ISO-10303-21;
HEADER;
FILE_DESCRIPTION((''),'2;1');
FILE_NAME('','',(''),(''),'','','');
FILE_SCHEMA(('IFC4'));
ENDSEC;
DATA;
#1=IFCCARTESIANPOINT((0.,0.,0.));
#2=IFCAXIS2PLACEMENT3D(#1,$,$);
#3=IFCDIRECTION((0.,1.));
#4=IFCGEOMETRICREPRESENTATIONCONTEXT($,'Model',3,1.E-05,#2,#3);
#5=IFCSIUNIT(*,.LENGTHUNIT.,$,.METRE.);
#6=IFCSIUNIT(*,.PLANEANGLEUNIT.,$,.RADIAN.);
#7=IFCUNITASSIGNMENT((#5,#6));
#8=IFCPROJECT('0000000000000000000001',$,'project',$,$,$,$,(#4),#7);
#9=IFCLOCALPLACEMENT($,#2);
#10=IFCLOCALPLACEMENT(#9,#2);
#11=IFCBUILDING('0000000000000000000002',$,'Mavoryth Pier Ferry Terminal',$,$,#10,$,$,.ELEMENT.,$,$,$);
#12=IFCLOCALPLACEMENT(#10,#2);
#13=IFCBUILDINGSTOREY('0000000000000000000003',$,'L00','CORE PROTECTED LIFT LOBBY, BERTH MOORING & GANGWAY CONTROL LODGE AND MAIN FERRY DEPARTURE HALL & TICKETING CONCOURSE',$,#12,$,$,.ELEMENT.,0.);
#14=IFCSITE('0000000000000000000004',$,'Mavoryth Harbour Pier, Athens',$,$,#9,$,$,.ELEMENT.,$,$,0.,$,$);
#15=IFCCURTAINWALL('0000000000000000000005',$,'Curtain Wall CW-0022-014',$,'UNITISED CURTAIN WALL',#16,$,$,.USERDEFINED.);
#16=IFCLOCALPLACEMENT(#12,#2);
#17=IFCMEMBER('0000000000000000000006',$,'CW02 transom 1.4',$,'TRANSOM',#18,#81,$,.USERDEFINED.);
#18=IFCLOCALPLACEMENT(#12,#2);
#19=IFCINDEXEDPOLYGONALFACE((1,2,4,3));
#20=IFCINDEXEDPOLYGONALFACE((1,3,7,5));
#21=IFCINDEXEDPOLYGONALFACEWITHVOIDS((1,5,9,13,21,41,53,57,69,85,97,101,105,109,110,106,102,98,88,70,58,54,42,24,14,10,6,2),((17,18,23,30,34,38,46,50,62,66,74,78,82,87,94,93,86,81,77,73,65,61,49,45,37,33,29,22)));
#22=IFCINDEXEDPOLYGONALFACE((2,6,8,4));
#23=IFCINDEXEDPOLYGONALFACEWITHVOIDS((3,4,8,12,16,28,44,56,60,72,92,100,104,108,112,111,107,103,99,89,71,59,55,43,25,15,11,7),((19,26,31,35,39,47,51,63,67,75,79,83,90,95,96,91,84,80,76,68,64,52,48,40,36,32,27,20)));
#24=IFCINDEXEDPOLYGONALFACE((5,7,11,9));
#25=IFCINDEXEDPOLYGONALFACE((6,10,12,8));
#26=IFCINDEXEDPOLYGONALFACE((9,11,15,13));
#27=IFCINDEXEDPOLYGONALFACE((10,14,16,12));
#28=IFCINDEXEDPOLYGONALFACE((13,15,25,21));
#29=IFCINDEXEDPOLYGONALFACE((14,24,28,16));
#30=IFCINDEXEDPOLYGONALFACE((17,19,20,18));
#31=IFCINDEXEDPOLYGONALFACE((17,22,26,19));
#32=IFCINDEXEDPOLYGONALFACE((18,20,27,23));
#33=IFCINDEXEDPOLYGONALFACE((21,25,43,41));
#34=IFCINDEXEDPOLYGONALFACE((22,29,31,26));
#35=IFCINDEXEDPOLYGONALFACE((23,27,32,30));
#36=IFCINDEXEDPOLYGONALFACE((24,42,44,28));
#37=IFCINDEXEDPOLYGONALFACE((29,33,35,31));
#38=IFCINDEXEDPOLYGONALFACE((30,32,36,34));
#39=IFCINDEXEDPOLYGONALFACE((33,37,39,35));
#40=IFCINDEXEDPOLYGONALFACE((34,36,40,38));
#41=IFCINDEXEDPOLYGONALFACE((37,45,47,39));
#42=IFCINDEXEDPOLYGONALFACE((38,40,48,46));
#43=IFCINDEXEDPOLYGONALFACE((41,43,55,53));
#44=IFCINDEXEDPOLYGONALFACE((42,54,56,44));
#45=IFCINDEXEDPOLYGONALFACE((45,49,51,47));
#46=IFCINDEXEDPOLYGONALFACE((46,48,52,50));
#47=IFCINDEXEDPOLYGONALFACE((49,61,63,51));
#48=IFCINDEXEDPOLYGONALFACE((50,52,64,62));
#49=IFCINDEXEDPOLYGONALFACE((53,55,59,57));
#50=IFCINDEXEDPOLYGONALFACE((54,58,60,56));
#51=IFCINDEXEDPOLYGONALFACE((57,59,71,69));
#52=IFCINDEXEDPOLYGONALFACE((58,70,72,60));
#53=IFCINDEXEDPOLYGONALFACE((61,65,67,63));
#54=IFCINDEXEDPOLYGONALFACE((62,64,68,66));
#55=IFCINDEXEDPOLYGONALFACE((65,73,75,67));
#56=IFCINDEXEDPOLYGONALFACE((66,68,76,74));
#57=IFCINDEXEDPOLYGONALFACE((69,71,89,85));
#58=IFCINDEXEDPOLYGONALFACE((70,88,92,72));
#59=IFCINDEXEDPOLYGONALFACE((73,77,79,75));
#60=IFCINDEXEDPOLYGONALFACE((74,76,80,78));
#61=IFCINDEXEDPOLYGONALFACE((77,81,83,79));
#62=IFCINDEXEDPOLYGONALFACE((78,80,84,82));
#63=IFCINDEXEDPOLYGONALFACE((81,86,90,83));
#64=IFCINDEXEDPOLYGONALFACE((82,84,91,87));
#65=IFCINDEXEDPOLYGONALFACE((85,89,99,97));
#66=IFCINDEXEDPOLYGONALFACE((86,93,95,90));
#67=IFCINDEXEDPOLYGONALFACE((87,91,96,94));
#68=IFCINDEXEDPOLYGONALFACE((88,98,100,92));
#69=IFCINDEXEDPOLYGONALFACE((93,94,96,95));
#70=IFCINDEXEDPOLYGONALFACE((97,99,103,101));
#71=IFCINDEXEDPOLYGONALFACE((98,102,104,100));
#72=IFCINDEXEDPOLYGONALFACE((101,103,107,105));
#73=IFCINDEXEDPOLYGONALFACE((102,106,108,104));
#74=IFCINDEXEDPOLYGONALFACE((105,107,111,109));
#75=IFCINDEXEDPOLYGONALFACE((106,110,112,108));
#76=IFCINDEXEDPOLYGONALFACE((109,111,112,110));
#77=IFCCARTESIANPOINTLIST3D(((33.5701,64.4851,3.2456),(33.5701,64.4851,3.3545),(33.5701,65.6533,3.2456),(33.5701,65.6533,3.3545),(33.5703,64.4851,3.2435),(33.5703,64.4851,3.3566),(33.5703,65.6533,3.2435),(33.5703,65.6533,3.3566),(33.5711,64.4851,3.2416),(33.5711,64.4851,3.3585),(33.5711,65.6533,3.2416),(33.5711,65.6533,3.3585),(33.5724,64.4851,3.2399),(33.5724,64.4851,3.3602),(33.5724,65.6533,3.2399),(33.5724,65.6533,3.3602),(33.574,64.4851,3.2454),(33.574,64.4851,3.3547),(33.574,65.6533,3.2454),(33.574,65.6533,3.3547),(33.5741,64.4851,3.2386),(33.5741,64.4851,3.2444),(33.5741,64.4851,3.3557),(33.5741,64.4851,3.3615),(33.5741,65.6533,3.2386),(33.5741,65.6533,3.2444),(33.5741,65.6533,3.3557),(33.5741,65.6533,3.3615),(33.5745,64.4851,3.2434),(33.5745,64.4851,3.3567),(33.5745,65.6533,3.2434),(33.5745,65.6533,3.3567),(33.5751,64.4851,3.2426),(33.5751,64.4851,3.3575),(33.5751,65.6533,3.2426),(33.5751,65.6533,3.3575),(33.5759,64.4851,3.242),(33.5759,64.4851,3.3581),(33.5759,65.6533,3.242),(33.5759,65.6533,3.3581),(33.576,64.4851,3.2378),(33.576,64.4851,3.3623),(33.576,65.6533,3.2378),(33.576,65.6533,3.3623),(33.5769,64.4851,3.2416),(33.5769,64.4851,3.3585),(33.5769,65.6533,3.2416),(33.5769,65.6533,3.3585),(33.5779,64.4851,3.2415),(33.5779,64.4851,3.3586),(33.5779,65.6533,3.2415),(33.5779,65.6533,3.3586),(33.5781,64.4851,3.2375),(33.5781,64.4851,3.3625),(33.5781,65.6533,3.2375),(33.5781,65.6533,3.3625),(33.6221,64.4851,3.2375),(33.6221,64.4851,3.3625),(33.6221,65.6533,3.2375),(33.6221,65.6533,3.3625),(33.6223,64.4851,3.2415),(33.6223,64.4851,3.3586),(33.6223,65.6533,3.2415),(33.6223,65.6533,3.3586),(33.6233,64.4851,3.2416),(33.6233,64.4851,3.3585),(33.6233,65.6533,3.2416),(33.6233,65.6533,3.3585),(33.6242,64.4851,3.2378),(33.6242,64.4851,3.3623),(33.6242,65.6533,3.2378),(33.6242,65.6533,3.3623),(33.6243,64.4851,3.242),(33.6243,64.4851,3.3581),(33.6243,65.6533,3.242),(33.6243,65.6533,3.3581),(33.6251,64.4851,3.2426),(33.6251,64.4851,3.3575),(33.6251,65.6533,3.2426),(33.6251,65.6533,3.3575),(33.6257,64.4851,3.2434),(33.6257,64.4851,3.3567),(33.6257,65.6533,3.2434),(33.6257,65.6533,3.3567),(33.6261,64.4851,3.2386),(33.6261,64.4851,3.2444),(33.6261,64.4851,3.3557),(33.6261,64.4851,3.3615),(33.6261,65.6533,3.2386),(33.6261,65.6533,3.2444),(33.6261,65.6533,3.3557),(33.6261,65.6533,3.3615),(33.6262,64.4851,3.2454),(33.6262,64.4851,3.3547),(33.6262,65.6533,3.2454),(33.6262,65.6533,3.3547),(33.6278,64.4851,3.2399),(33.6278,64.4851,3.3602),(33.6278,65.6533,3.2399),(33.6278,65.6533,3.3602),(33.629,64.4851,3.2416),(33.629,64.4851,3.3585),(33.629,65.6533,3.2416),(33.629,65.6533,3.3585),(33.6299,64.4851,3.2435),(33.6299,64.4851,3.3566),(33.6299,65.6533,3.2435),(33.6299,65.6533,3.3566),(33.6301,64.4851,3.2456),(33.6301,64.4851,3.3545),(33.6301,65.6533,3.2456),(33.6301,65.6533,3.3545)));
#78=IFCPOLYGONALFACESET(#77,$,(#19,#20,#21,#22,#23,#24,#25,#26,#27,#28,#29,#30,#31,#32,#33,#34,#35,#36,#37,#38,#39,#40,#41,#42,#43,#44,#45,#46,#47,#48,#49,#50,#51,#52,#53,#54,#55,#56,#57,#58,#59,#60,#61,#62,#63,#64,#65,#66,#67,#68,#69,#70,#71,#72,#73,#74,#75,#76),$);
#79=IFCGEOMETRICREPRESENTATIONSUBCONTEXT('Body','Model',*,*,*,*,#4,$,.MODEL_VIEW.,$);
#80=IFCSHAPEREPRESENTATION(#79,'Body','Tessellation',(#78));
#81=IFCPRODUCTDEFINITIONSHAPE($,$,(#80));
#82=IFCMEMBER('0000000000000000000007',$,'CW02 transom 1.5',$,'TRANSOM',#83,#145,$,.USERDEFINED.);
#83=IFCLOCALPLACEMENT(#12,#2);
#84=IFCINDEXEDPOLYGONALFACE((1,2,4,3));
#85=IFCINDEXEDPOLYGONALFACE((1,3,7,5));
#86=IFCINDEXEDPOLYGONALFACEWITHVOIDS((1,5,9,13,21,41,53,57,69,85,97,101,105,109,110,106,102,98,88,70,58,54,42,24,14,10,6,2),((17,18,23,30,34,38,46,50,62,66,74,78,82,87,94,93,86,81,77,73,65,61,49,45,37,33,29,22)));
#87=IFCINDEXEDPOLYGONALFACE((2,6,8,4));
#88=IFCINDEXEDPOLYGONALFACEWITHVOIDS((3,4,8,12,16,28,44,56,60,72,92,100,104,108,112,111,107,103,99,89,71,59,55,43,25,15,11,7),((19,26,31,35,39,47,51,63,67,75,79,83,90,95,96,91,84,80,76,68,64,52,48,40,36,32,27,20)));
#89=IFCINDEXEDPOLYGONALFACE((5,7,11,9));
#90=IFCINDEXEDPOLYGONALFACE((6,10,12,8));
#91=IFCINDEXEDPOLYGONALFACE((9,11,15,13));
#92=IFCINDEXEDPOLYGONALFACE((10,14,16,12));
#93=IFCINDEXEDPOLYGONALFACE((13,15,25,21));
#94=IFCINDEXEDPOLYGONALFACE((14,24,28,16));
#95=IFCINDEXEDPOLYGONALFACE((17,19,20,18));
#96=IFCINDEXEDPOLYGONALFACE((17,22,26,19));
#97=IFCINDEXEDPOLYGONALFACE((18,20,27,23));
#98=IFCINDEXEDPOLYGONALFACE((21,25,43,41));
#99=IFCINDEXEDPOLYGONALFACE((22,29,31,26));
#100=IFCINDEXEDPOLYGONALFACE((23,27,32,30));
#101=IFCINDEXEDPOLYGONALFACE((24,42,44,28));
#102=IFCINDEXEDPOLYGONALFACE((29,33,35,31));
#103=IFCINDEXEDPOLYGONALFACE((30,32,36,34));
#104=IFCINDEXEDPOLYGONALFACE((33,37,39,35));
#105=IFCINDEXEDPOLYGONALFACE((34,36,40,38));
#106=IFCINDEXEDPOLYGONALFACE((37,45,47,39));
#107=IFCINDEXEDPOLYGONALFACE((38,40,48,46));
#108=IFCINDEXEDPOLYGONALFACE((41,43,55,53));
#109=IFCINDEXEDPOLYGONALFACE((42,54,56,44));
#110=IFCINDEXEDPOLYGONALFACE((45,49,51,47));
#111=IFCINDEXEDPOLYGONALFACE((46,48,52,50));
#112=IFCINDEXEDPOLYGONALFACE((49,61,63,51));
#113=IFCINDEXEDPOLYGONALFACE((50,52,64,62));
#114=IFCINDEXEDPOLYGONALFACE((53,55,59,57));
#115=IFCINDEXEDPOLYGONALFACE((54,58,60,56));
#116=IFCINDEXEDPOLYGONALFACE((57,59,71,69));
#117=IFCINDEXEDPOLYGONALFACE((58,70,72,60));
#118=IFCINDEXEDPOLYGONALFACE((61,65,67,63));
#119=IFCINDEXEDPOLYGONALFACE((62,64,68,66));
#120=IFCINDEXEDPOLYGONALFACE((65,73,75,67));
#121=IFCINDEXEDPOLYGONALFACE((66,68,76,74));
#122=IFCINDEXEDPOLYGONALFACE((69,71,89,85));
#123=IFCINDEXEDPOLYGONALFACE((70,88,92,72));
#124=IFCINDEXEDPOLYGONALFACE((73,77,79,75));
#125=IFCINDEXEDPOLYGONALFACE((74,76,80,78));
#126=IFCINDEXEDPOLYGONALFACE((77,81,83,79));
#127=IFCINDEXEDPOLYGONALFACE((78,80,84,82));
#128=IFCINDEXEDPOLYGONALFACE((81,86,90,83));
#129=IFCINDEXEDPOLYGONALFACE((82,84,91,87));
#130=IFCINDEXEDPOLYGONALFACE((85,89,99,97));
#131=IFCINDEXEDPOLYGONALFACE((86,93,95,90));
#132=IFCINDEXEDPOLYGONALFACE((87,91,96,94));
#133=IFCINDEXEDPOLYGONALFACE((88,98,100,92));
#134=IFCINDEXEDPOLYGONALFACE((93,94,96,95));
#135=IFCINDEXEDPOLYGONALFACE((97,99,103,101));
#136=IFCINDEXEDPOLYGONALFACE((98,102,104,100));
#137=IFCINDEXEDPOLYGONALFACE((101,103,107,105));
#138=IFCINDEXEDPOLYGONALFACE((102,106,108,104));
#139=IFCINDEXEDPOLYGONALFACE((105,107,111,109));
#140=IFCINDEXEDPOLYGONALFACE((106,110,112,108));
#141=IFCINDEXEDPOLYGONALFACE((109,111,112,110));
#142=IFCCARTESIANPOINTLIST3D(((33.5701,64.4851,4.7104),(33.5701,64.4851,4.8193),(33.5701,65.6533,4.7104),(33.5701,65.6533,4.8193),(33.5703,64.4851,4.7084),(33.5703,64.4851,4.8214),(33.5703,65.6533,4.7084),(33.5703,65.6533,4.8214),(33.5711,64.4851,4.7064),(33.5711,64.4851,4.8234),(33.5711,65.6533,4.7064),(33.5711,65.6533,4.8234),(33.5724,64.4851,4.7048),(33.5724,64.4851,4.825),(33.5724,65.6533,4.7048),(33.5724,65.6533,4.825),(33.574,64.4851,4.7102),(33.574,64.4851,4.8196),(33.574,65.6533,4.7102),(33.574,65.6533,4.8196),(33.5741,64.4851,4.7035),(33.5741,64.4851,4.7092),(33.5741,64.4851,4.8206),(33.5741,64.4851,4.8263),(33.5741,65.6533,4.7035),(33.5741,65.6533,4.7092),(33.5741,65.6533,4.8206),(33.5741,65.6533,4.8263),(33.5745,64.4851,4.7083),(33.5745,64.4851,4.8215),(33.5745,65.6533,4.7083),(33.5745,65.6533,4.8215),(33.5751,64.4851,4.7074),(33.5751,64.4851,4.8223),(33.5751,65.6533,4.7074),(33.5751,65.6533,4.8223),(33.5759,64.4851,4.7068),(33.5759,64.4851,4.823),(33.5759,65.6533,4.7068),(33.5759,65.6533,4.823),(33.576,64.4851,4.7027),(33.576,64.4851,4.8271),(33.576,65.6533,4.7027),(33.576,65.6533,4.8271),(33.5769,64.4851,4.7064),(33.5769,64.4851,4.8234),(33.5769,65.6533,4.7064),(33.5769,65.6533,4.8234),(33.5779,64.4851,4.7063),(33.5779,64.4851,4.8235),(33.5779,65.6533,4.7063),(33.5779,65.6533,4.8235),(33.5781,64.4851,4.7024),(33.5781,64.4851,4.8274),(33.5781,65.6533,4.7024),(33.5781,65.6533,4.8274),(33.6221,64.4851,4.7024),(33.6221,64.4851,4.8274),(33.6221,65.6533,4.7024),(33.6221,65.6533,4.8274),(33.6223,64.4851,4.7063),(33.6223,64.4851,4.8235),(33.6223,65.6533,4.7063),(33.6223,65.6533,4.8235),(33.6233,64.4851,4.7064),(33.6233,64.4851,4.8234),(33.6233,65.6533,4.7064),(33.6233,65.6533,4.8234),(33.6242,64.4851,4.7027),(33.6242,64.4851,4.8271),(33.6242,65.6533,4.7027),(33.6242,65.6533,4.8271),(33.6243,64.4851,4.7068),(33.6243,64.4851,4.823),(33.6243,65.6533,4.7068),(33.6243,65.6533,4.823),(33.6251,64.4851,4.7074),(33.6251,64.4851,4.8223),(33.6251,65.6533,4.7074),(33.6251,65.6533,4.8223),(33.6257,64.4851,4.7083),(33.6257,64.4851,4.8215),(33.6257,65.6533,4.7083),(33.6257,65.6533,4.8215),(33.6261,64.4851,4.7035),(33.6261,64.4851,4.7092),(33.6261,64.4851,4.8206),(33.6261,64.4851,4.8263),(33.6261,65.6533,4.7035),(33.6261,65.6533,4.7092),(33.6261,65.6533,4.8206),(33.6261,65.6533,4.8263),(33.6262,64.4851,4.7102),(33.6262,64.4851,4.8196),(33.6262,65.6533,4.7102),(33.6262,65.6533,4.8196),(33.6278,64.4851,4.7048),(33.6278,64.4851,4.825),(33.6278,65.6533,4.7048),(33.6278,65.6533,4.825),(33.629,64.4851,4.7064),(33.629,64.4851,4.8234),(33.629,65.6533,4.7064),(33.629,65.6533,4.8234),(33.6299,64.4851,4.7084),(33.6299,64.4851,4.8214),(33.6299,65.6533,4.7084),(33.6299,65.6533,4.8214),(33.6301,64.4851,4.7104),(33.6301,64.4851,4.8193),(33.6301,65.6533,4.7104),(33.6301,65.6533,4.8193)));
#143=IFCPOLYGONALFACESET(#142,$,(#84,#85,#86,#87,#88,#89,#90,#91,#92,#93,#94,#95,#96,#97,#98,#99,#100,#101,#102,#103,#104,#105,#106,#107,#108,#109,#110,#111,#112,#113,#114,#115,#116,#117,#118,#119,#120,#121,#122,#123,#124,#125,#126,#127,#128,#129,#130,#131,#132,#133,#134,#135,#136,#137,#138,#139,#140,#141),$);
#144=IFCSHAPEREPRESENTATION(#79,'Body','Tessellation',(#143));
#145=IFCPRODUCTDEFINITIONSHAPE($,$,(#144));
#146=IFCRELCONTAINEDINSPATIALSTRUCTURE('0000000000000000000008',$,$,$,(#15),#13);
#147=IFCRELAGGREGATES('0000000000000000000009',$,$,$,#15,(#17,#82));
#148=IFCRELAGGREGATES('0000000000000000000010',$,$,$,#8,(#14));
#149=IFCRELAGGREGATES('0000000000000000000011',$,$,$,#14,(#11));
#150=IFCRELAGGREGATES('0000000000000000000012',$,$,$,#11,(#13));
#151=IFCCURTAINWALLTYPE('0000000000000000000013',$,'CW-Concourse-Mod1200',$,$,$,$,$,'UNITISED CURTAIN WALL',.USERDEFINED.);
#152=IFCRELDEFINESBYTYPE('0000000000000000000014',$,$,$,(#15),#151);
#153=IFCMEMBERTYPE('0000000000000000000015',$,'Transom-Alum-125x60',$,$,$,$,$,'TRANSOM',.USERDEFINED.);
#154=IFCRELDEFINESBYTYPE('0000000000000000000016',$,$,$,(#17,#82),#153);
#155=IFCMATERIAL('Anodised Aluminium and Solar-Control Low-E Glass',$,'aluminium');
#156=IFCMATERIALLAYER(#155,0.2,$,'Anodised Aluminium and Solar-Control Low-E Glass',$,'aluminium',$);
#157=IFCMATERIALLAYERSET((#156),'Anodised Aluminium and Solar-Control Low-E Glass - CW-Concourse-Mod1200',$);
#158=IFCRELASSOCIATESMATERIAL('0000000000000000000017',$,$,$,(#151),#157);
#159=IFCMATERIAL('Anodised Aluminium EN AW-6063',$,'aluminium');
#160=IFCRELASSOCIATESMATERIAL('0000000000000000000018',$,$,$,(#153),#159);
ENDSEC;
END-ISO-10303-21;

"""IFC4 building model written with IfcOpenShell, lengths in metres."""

from ifc_helpers import new_model, si_unit, direction, frame, origin, origin_2d, place, context, subcontext, project, spatial, hollow_rectangle, extrude, material, layer, layer_set, material_profile, profile_set, type_object, element, aggregate, save


model = new_model("IFC4")

# Units and contexts
model_context = context("Model", 3, precision=1e-05, world=origin(), true_north=direction((0.0, 1.0)))
body_context = subcontext(model_context, "Body", "Model", "MODEL_VIEW")
ifc_project = project(units=[si_unit("LENGTHUNIT", "METRE"), si_unit("PLANEANGLEUNIT", "RADIAN")], contexts=[model_context])

# Site, building, storey
site_placement = place(None, origin())
site = spatial("IfcSite", under=ifc_project, at=site_placement, Name="Mavoryth Harbour Pier, Athens", CompositionType="ELEMENT", RefElevation=0.0)
building_placement = place(site_placement, origin())
building = spatial("IfcBuilding", under=site, at=building_placement, Name="Mavoryth Pier Ferry Terminal", CompositionType="ELEMENT")
storey_placement = place(building_placement, origin())
storey = spatial("IfcBuildingStorey", under=building, at=storey_placement, Name="L00", Description="CORE PROTECTED LIFT LOBBY, BERTH MOORING & GANGWAY CONTROL LODGE AND MAIN FERRY DEPARTURE HALL & TICKETING CONCOURSE", CompositionType="ELEMENT", Elevation=0.0)

# Shared definitions
ifc_material_1 = material(Name="Anodised Aluminium and Solar-Control Low-E Glass", Category="aluminium")
ifc_layer_1 = layer(ifc_material_1, 0.2, Name="Anodised Aluminium and Solar-Control Low-E Glass", Category="aluminium")
ifc_layer_set_1 = layer_set([ifc_layer_1], Name="Anodised Aluminium and Solar-Control Low-E Glass - CW-Concourse-Mod1200")
curtain_wall_type = type_object("IfcCurtainWallType", Name="CW-Concourse-Mod1200", ElementType="UNITISED CURTAIN WALL", PredefinedType="USERDEFINED", material=ifc_layer_set_1)
ifc_material_2 = material(Name="Anodised Aluminium EN AW-6063", Category="aluminium")

# Curtain wall, members
curtain_wall_1_placement = place(storey_placement, origin())
curtain_wall_1 = element("IfcCurtainWall", 1, at=curtain_wall_1_placement, inside=storey, type_object=curtain_wall_type, Name="Curtain Wall CW-0022-014", ObjectType="UNITISED CURTAIN WALL", PredefinedType="USERDEFINED")
ifc_material_profile_1 = material_profile(ifc_material_2, hollow_rectangle(XDim=0.0601, YDim=0.125, WallThickness=0.0039, InnerFilletRadius=0.0039, OuterFilletRadius=0.0081, at=origin_2d()), Name="AL-TRAN 125x60x4", Category="aluminium")
ifc_profile_set_1 = profile_set([ifc_material_profile_1], Name="Anodised Aluminium EN AW-6063 - AL-TRAN 125x60x4")
member_type_1 = type_object("IfcMemberType", Name="Transom-Alum-125x60", ElementType="TRANSOM", PredefinedType="USERDEFINED", material=ifc_profile_set_1)
member_1_placement = place(storey_placement, frame((33.6001, 64.4851, 3.3), z_axis=(0.0, 1.0, 0.0), x_axis=(-1.0, 0.0, 0.0)))
member_1 = element("IfcMember", 2, at=member_1_placement, type_object=member_type_1, Name="CW02 transom 1.4", ObjectType="TRANSOM", PredefinedType="USERDEFINED", context=body_context, shape_type="SweptSolid", body=[
    extrude(hollow_rectangle(XDim=0.0601, YDim=0.125, WallThickness=0.0039, InnerFilletRadius=0.0039, OuterFilletRadius=0.0081, at=origin_2d()), origin(), (0.0, 0.0, 1.0), 1.1682),
])
member_2_placement = place(storey_placement, frame((33.6001, 64.4851, 4.7649), z_axis=(0.0, 1.0, 0.0), x_axis=(-1.0, 0.0, 0.0)))
member_2 = element("IfcMember", 3, at=member_2_placement, type_object=member_type_1, Name="CW02 transom 1.5", ObjectType="TRANSOM", PredefinedType="USERDEFINED", context=body_context, shape_type="SweptSolid", body=[
    extrude(hollow_rectangle(XDim=0.0601, YDim=0.125, WallThickness=0.0039, InnerFilletRadius=0.0039, OuterFilletRadius=0.0081, at=origin_2d()), origin(), (0.0, 0.0, 1.0), 1.1682),
])

aggregate(curtain_wall_1, [member_1, member_2])

save(model, "model.ifc")
